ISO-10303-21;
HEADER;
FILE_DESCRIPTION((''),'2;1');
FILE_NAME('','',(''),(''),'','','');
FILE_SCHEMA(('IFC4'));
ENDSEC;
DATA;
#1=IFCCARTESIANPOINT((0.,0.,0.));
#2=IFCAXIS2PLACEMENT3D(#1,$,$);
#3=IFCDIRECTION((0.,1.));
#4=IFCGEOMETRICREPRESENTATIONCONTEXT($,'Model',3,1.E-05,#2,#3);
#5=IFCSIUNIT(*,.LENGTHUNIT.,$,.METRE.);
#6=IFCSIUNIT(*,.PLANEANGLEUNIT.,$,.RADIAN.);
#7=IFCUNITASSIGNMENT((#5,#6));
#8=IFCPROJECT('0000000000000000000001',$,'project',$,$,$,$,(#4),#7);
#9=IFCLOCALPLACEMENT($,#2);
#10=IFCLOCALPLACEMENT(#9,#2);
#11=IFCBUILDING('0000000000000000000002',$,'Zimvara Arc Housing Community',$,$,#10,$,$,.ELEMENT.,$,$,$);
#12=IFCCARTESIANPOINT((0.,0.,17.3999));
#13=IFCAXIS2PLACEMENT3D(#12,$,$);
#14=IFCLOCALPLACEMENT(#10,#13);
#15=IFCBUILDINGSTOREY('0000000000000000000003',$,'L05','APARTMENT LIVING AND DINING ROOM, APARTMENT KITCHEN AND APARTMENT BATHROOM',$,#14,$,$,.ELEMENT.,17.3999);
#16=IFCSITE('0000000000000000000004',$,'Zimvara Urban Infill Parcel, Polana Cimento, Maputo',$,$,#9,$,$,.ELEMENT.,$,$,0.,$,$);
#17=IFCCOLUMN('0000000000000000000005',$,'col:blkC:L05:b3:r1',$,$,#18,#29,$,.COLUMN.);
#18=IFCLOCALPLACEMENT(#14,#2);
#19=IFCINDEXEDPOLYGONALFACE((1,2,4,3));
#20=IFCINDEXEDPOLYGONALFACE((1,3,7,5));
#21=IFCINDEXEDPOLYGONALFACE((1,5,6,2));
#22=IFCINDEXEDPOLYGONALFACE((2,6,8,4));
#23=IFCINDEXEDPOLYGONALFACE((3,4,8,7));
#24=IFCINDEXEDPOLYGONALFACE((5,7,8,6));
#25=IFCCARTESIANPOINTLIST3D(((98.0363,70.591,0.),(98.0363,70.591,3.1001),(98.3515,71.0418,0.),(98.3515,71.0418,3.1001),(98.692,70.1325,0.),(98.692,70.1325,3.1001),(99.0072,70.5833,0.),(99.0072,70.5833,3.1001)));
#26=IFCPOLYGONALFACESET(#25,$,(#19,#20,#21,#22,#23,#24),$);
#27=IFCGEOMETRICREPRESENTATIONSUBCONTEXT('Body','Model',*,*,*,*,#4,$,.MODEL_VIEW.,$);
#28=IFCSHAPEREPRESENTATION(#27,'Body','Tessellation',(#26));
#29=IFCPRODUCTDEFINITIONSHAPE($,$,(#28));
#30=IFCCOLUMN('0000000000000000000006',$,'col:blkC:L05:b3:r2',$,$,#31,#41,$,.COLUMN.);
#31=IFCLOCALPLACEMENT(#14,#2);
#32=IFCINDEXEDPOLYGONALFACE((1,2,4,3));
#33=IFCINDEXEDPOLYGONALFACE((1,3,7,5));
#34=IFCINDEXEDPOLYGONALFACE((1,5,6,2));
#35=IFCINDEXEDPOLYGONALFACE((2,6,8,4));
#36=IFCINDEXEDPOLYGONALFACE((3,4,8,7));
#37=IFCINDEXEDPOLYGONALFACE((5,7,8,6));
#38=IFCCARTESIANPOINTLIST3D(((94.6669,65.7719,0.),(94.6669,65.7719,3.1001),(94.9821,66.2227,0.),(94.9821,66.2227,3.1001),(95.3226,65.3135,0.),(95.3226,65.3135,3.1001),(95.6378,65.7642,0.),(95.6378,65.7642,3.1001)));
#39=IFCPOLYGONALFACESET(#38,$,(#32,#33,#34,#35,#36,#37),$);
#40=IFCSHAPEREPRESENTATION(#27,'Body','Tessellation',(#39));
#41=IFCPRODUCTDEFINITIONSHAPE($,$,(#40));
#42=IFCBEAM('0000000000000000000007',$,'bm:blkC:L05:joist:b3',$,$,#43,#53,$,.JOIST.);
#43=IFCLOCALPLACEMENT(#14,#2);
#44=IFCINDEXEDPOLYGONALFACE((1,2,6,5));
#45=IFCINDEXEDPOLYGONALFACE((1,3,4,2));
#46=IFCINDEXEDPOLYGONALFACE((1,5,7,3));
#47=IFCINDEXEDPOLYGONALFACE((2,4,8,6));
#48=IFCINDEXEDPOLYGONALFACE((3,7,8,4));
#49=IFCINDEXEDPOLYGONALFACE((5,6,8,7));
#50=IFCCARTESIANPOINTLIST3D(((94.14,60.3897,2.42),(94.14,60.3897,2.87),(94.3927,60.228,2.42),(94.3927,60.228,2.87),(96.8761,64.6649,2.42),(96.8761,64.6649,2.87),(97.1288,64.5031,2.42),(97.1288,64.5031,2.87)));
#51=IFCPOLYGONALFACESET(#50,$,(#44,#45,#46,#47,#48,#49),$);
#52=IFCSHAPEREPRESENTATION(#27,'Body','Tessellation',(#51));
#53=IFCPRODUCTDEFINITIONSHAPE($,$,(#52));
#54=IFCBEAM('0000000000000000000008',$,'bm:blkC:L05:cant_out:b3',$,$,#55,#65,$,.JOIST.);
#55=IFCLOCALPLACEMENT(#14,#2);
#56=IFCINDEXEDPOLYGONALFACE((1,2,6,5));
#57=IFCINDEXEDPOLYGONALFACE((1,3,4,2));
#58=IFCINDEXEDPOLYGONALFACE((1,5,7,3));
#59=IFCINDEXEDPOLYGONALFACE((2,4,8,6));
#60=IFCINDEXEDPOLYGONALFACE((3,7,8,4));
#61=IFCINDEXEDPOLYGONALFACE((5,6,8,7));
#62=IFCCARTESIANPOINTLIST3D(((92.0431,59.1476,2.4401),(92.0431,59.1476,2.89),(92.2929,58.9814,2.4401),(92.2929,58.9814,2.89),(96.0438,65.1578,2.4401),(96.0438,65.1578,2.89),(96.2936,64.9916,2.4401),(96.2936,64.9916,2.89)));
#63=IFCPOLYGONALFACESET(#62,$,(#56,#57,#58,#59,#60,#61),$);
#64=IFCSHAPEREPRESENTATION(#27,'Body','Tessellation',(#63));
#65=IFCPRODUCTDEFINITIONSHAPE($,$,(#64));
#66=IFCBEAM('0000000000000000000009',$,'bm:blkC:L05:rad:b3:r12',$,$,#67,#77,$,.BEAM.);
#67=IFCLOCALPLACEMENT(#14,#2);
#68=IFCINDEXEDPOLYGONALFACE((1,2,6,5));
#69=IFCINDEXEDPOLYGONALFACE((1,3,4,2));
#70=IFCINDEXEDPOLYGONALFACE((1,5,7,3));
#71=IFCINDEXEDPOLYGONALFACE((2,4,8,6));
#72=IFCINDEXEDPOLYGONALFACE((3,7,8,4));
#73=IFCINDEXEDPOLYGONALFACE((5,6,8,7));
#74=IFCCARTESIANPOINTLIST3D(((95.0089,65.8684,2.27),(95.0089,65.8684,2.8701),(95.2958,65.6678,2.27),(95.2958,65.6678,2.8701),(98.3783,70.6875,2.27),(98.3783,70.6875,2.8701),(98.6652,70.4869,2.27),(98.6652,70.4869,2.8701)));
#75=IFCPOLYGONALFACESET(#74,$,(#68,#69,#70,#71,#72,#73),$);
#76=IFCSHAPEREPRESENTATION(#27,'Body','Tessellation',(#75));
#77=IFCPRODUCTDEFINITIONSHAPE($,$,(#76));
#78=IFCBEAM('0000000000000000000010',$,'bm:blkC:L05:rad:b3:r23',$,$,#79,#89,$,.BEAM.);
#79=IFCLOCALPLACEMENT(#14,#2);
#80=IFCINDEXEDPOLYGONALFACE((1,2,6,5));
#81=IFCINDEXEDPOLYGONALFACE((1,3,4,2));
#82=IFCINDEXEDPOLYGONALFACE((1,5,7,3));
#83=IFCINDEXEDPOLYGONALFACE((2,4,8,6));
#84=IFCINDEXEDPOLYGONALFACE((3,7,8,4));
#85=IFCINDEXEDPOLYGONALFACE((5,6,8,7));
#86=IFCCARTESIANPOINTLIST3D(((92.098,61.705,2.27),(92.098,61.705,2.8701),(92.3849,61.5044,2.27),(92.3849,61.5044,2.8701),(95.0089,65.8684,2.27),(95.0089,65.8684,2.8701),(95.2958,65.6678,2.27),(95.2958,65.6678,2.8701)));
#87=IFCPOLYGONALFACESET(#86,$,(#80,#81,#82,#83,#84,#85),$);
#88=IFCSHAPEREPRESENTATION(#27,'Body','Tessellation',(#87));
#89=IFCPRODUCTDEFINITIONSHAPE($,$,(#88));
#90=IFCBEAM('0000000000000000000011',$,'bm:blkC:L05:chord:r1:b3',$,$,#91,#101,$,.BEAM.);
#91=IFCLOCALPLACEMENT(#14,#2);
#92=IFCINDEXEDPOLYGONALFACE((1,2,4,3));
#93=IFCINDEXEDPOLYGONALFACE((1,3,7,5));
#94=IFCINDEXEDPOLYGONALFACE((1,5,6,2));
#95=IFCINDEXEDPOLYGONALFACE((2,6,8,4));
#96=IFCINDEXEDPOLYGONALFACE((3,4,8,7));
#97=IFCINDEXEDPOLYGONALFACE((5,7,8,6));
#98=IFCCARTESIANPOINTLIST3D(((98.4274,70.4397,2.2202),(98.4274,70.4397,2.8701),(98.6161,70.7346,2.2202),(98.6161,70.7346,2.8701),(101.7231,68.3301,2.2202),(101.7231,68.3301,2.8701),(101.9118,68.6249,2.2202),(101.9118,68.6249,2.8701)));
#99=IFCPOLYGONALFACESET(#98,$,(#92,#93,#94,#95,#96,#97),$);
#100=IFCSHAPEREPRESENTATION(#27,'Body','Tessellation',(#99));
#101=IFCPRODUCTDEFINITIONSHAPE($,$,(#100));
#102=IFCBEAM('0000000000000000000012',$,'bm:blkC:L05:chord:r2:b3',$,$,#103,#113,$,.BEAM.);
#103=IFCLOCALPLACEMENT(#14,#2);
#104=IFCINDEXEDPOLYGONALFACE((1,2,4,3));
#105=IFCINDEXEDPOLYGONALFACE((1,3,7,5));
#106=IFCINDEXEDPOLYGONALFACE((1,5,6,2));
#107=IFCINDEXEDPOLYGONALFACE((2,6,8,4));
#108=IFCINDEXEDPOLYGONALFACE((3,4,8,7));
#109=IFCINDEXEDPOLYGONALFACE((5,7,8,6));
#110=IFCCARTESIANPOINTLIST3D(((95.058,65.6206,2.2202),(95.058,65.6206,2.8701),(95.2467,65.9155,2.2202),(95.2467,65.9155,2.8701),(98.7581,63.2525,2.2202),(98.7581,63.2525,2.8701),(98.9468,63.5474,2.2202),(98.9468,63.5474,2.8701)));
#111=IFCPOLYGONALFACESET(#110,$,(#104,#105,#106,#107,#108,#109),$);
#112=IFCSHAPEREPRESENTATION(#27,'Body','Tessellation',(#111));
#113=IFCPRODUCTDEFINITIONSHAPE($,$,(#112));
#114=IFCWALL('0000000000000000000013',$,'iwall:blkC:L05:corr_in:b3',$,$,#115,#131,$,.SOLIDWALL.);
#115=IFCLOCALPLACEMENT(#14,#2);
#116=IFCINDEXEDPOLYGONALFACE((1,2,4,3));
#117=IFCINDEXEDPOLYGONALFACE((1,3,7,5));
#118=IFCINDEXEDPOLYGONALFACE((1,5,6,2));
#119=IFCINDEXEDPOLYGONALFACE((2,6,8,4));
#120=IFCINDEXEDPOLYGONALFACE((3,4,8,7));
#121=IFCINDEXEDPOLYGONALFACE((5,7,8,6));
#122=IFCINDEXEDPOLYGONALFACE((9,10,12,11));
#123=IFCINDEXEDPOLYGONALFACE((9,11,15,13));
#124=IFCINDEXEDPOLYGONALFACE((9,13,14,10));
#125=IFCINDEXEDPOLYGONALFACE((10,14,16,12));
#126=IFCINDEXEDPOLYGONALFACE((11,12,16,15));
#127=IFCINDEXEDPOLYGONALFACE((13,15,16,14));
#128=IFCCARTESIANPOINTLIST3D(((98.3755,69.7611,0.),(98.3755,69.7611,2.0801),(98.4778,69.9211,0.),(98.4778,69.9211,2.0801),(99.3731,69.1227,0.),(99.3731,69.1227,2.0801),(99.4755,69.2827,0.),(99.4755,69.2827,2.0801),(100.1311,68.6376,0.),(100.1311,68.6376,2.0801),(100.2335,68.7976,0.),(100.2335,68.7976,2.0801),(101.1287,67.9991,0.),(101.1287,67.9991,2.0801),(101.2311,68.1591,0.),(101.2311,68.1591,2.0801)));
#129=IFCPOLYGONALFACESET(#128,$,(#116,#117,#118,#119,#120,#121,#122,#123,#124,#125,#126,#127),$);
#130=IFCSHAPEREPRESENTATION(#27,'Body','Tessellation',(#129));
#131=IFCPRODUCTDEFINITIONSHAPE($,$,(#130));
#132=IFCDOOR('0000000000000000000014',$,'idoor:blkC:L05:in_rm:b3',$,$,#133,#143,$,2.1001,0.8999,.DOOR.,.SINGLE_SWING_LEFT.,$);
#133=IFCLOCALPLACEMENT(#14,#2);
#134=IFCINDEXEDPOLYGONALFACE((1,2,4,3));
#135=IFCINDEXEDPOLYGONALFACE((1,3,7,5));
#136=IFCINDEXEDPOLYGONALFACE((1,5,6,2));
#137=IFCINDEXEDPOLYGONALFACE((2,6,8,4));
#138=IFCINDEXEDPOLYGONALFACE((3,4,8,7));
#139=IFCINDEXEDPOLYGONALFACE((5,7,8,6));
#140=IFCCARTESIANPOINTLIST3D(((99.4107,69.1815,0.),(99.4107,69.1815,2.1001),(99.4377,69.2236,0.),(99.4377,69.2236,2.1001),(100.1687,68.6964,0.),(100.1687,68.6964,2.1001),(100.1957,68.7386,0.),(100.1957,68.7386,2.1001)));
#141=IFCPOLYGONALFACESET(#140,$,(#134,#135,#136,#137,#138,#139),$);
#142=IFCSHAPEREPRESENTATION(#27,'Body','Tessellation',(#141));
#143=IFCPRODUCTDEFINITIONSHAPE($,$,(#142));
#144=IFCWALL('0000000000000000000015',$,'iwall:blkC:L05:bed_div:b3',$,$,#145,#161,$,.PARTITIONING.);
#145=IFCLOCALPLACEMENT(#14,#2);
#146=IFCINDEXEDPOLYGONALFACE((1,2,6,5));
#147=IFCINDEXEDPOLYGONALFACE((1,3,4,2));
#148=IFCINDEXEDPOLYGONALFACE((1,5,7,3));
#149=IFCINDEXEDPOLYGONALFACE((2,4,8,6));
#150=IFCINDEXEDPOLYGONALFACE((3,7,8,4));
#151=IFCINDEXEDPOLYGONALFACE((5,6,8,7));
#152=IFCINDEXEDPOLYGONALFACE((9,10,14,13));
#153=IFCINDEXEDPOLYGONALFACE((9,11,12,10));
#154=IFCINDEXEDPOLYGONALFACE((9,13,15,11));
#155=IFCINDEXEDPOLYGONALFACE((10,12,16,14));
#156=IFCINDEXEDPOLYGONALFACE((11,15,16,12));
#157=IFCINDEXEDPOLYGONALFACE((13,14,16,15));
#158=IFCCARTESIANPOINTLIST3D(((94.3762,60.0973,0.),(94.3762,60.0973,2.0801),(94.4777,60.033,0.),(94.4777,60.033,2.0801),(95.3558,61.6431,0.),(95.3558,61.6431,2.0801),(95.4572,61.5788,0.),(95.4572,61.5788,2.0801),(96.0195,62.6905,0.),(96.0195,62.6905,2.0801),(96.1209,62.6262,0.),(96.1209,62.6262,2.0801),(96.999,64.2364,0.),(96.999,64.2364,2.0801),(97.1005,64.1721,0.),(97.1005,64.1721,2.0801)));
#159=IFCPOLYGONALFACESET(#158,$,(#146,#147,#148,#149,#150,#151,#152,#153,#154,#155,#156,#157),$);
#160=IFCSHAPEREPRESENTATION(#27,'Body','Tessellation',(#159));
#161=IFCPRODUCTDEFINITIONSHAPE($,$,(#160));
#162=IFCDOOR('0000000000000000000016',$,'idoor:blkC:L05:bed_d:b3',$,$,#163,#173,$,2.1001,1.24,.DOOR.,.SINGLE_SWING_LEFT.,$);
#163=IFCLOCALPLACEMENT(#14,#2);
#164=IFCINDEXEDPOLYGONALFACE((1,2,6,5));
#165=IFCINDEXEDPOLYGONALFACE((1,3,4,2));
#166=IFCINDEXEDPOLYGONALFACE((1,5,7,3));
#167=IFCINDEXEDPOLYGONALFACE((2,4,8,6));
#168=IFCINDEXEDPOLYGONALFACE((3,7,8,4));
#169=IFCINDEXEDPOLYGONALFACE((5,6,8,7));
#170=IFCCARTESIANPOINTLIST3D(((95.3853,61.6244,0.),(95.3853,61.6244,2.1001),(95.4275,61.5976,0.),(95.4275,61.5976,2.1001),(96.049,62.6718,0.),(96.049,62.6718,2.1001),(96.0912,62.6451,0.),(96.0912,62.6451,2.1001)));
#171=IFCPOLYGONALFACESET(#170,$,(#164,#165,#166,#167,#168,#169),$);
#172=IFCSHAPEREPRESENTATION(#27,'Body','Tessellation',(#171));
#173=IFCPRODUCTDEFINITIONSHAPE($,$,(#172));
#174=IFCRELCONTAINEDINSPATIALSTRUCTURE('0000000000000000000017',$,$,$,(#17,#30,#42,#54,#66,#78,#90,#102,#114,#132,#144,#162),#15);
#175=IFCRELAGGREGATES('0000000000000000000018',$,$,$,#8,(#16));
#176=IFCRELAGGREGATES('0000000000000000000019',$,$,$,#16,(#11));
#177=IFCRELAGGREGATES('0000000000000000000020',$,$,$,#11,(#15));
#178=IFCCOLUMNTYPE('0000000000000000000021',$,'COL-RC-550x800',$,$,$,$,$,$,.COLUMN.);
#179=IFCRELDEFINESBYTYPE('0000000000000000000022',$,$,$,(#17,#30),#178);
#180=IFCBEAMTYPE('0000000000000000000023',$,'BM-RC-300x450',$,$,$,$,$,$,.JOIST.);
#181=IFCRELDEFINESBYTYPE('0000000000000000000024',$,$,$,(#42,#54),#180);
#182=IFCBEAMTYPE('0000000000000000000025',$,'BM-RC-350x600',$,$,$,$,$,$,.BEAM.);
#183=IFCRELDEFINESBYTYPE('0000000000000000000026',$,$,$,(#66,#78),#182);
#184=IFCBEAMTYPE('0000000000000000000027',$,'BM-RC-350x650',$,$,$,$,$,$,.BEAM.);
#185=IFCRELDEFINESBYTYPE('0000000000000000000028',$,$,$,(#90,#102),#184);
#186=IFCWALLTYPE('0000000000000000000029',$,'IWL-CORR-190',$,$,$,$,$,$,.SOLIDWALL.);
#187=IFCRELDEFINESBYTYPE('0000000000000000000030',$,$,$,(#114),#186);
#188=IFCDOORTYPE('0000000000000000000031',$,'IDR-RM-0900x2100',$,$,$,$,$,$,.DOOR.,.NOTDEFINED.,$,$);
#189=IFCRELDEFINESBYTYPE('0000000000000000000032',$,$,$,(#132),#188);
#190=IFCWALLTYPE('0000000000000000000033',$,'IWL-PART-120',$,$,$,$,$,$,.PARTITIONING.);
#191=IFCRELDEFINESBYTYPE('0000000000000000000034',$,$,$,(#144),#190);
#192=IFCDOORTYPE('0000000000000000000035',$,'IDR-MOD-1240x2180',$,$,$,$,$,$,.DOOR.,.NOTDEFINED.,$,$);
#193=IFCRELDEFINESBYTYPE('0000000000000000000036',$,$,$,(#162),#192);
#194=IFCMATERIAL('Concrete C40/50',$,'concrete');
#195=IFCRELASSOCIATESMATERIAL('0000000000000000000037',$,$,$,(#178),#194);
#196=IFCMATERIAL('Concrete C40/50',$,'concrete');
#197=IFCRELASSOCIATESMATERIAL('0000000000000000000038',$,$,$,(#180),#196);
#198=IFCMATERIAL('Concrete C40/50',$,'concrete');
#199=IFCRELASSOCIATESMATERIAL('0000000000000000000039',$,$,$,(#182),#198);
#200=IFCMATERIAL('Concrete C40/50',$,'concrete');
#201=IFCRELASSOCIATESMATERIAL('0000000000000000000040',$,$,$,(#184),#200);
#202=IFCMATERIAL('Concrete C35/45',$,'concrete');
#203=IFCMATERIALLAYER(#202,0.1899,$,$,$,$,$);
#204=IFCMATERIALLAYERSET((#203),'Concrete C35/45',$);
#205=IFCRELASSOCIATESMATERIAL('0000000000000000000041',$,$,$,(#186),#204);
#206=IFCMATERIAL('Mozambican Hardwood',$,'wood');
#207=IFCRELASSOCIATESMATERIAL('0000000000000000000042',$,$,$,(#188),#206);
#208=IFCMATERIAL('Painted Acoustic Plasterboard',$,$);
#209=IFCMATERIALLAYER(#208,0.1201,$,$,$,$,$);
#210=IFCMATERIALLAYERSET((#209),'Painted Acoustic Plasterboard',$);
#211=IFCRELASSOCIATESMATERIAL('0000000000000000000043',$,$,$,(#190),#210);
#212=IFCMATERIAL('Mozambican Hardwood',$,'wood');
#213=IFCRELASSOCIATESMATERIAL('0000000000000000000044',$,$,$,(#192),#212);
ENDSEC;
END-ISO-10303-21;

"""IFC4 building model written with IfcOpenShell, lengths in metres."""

from ifc_helpers import new_model, si_unit, direction, frame, frame_2d, origin, origin_2d, place, context, subcontext, project, spatial, rectangle, extrude, material, layer, layer_set, material_profile, profile_set, type_object, element, fill, save


model = new_model("IFC4")

# Units and contexts
model_context = context("Model", 3, precision=1e-05, world=origin(), true_north=direction((0.0, 1.0)))
body_context = subcontext(model_context, "Body", "Model", "MODEL_VIEW")
ifc_project = project(units=[si_unit("LENGTHUNIT", "METRE"), si_unit("PLANEANGLEUNIT", "RADIAN")], contexts=[model_context])

# Site, building, storey
site_placement = place(None, origin())
site = spatial("IfcSite", under=ifc_project, at=site_placement, Name="Zimvara Urban Infill Parcel, Polana Cimento, Maputo", CompositionType="ELEMENT", RefElevation=0.0)
building_placement = place(site_placement, origin())
building = spatial("IfcBuilding", under=site, at=building_placement, Name="Zimvara Arc Housing Community", CompositionType="ELEMENT")
storey_placement = place(building_placement, frame((0.0, 0.0, 17.3999)))
storey = spatial("IfcBuildingStorey", under=building, at=storey_placement, Name="L05", Description="APARTMENT LIVING AND DINING ROOM, APARTMENT KITCHEN AND APARTMENT BATHROOM", CompositionType="ELEMENT", Elevation=17.3999)

# Columns
ifc_material_1 = material(Name="Concrete C40/50", Category="concrete")
ifc_material_profile_1 = material_profile(ifc_material_1, rectangle(XDim=0.55, YDim=0.8, at=origin_2d()), Name="RC 550x800")
ifc_profile_set_1 = profile_set([ifc_material_profile_1], Name="Concrete C40/50")
column_type = type_object("IfcColumnType", Name="COL-RC-550x800", PredefinedType="COLUMN", material=ifc_profile_set_1)
for number, where, z_axis, x_axis, name in (
    (1, (98.5217, 70.5872, 0.0), (0.0, 0.0, 1.0), (-0.573004, -0.819552, 0.0), "col:blkC:L05:b3:r1"),
    (2, (95.1523, 65.7681, 0.0), (0.0, 0.0, 1.0), (-0.573004, -0.819552, 0.0), "col:blkC:L05:b3:r2"),
):
    element("IfcColumn", number, at=place(storey_placement, frame(where, z_axis=z_axis, x_axis=x_axis)), inside=storey, type_object=column_type, Name=name, PredefinedType="COLUMN", context=body_context, shape_type="SweptSolid", body=[
        extrude(rectangle(XDim=0.55, YDim=0.8, at=origin_2d()), origin(), (0.0, 0.0, 1.0), 3.1001),
    ])

# Beams
ifc_material_2 = material(Name="Concrete C40/50", Category="concrete")
ifc_material_profile_2 = material_profile(ifc_material_2, rectangle(XDim=0.3, YDim=0.45, at=origin_2d()), Name="RC 300x450")
ifc_profile_set_2 = profile_set([ifc_material_profile_2], Name="Concrete C40/50")
beam_type_1 = type_object("IfcBeamType", Name="BM-RC-300x450", PredefinedType="JOIST", material=ifc_profile_set_2)
beam_1_placement = place(storey_placement, frame((97.0024, 64.584, 2.645), z_axis=(-0.539052, -0.842272, 0.0), x_axis=(0.842272, -0.539052, 0.0)))
element("IfcBeam", 3, at=beam_1_placement, inside=storey, type_object=beam_type_1, Name="bm:blkC:L05:joist:b3", PredefinedType="JOIST", context=body_context, shape_type="SweptSolid", body=[
    extrude(rectangle(XDim=0.3, YDim=0.45, at=origin_2d()), origin(), (0.0, 0.0, 1.0), 5.0757),
])
beam_2_placement = place(storey_placement, frame((96.1687, 65.0747, 2.665), z_axis=(-0.554115, -0.83244, 0.0), x_axis=(0.83244, -0.554115, 0.0)))
element("IfcBeam", 4, at=beam_2_placement, inside=storey, type_object=beam_type_1, Name="bm:blkC:L05:cant_out:b3", PredefinedType="JOIST", context=body_context, shape_type="SweptSolid", body=[
    extrude(rectangle(XDim=0.3, YDim=0.45, at=origin_2d()), origin(), (0.0, 0.0, 1.0), 7.22),
])
ifc_material_3 = material(Name="Concrete C40/50", Category="concrete")
ifc_material_profile_3 = material_profile(ifc_material_3, rectangle(XDim=0.3501, YDim=0.6001, at=origin_2d()), Name="RC 350x600")
ifc_profile_set_3 = profile_set([ifc_material_profile_3], Name="Concrete C40/50")
beam_type_2 = type_object("IfcBeamType", Name="BM-RC-350x600", PredefinedType="BEAM", material=ifc_profile_set_3)
beam_3_placement = place(storey_placement, frame((98.5217, 70.5872, 2.5701), z_axis=(-0.573008, -0.81955, 0.0), x_axis=(0.81955, -0.573008, 0.0)))
element("IfcBeam", 5, at=beam_3_placement, inside=storey, type_object=beam_type_2, Name="bm:blkC:L05:rad:b3:r12", PredefinedType="BEAM", context=body_context, shape_type="SweptSolid", body=[
    extrude(rectangle(XDim=0.3501, YDim=0.6001, at=origin_2d()), origin(), (0.0, 0.0, 1.0), 5.8801),
])
beam_4_placement = place(storey_placement, frame((95.1523, 65.7681, 2.5701), z_axis=(-0.573007, -0.81955, 0.0), x_axis=(0.81955, -0.573007, 0.0)))
element("IfcBeam", 6, at=beam_4_placement, inside=storey, type_object=beam_type_2, Name="bm:blkC:L05:rad:b3:r23", PredefinedType="BEAM", context=body_context, shape_type="SweptSolid", body=[
    extrude(rectangle(XDim=0.3501, YDim=0.6001, at=origin_2d()), origin(), (0.0, 0.0, 1.0), 5.0801),
])
ifc_material_4 = material(Name="Concrete C40/50", Category="concrete")
ifc_material_profile_4 = material_profile(ifc_material_4, rectangle(XDim=0.3501, YDim=0.6499, at=origin_2d()), Name="RC 350x650")
ifc_profile_set_4 = profile_set([ifc_material_profile_4], Name="Concrete C40/50")
beam_type_3 = type_object("IfcBeamType", Name="BM-RC-350x650", PredefinedType="BEAM", material=ifc_profile_set_4)
beam_5_placement = place(storey_placement, frame((98.5217, 70.5872, 2.5452), z_axis=(0.842225, -0.539126, 0.0), x_axis=(0.539126, 0.842225, 0.0)))
element("IfcBeam", 7, at=beam_5_placement, inside=storey, type_object=beam_type_3, Name="bm:blkC:L05:chord:r1:b3", PredefinedType="BEAM", context=body_context, shape_type="SweptSolid", body=[
    extrude(rectangle(XDim=0.3501, YDim=0.6499, at=origin_2d()), origin(), (0.0, 0.0, 1.0), 3.9131),
])
beam_6_placement = place(storey_placement, frame((95.1523, 65.7681, 2.5452), z_axis=(0.842267, -0.53906, 0.0), x_axis=(0.53906, 0.842267, 0.0)))
element("IfcBeam", 8, at=beam_6_placement, inside=storey, type_object=beam_type_3, Name="bm:blkC:L05:chord:r2:b3", PredefinedType="BEAM", context=body_context, shape_type="SweptSolid", body=[
    extrude(rectangle(XDim=0.3501, YDim=0.6499, at=origin_2d()), origin(), (0.0, 0.0, 1.0), 4.3931),
])

# Walls, openings, doors
ifc_material_5 = material(Name="Concrete C35/45", Category="concrete")
ifc_layer_1 = layer(ifc_material_5, 0.1899)
ifc_layer_set_1 = layer_set([ifc_layer_1], Name="Concrete C35/45")
wall_type_1 = type_object("IfcWallType", Name="IWL-CORR-190", PredefinedType="SOLIDWALL", material=ifc_layer_set_1)
wall_1_placement = place(storey_placement, frame((98.4268, 69.8411, 0.0), z_axis=(0.0, 0.0, 1.0), x_axis=(0.842281, -0.539039, 0.0)))
wall_1 = element("IfcWall", 9, at=wall_1_placement, inside=storey, type_object=wall_type_1, Name="iwall:blkC:L05:corr_in:b3", PredefinedType="SOLIDWALL", context=body_context, shape_type="SweptSolid", body=[
    extrude(rectangle(XDim=3.2688, YDim=0.1899, at=frame_2d((1.6343, 0.0))), origin(), (0.0, 0.0, 1.0), 2.0801),
])
opening_1_placement = place(wall_1_placement, frame((1.1843, 0.0, 0.0)))
opening_1 = element("IfcOpeningElement", 10, at=opening_1_placement, cuts=wall_1, PredefinedType="OPENING", context=body_context, shape_type="SweptSolid", body=[
    extrude(rectangle(XDim=0.8999, YDim=2.1001, at=frame_2d((0.45, 1.05))), frame((0.0, 0.105, 0.0), z_axis=(0.0, -1.0, 0.0), x_axis=(1.0, 0.0, 0.0)), (0.0, 0.0, 1.0), 0.21),
])
ifc_material_6 = material(Name="Mozambican Hardwood", Category="wood")
door_type_1 = type_object("IfcDoorType", Name="IDR-RM-0900x2100", OperationType="NOTDEFINED", PredefinedType="DOOR", material=ifc_material_6)
door_1_placement = place(opening_1_placement, origin())
door_1 = element("IfcDoor", 11, at=door_1_placement, inside=storey, type_object=door_type_1, Name="idoor:blkC:L05:in_rm:b3", OperationType="SINGLE_SWING_LEFT", OverallHeight=2.1001, OverallWidth=0.8999, PredefinedType="DOOR", context=body_context, shape_type="SweptSolid", body=[
    extrude(rectangle(XDim=0.8999, YDim=2.1001, at=frame_2d((0.45, 1.05))), frame((0.0, 0.0249, 0.0), z_axis=(0.0, -1.0, 0.0), x_axis=(1.0, 0.0, 0.0)), (0.0, 0.0, 1.0), 0.05),
])
fill(opening_1, door_1)
ifc_material_7 = material(Name="Painted Acoustic Plasterboard")
ifc_layer_2 = layer(ifc_material_7, 0.1201)
ifc_layer_set_2 = layer_set([ifc_layer_2], Name="Painted Acoustic Plasterboard")
wall_type_2 = type_object("IfcWallType", Name="IWL-PART-120", PredefinedType="PARTITIONING", material=ifc_layer_set_2)
wall_2_placement = place(storey_placement, frame((97.0498, 64.2043, 0.0), z_axis=(0.0, 0.0, 1.0), x_axis=(-0.535246, -0.844696, 0.0)))
wall_2 = element("IfcWall", 12, at=wall_2_placement, inside=storey, type_object=wall_type_2, Name="iwall:blkC:L05:bed_div:b3", PredefinedType="PARTITIONING", context=body_context, shape_type="SweptSolid", body=[
    extrude(rectangle(XDim=4.9001, YDim=0.1201, at=frame_2d((2.4502, 0.0))), origin(), (0.0, 0.0, 1.0), 2.0801),
])
opening_2_placement = place(wall_2_placement, frame((1.8301, 0.0, 0.0)))
opening_2 = element("IfcOpeningElement", 13, at=opening_2_placement, cuts=wall_2, PredefinedType="OPENING", context=body_context, shape_type="SweptSolid", body=[
    extrude(rectangle(XDim=1.24, YDim=2.1001, at=frame_2d((0.6201, 1.05))), frame((0.0, 0.0701, 0.0), z_axis=(0.0, -1.0, 0.0), x_axis=(1.0, 0.0, 0.0)), (0.0, 0.0, 1.0), 0.1401),
])
ifc_material_8 = material(Name="Mozambican Hardwood", Category="wood")
door_type_2 = type_object("IfcDoorType", Name="IDR-MOD-1240x2180", OperationType="NOTDEFINED", PredefinedType="DOOR", material=ifc_material_8)
door_2_placement = place(opening_2_placement, origin())
door_2 = element("IfcDoor", 14, at=door_2_placement, inside=storey, type_object=door_type_2, Name="idoor:blkC:L05:bed_d:b3", OperationType="SINGLE_SWING_LEFT", OverallHeight=2.1001, OverallWidth=1.24, PredefinedType="DOOR", context=body_context, shape_type="SweptSolid", body=[
    extrude(rectangle(XDim=1.24, YDim=2.1001, at=frame_2d((0.6201, 1.05))), frame((0.0, 0.0249, 0.0), z_axis=(0.0, -1.0, 0.0), x_axis=(1.0, 0.0, 0.0)), (0.0, 0.0, 1.0), 0.05),
])
fill(opening_2, door_2)

save(model, "model.ifc")
